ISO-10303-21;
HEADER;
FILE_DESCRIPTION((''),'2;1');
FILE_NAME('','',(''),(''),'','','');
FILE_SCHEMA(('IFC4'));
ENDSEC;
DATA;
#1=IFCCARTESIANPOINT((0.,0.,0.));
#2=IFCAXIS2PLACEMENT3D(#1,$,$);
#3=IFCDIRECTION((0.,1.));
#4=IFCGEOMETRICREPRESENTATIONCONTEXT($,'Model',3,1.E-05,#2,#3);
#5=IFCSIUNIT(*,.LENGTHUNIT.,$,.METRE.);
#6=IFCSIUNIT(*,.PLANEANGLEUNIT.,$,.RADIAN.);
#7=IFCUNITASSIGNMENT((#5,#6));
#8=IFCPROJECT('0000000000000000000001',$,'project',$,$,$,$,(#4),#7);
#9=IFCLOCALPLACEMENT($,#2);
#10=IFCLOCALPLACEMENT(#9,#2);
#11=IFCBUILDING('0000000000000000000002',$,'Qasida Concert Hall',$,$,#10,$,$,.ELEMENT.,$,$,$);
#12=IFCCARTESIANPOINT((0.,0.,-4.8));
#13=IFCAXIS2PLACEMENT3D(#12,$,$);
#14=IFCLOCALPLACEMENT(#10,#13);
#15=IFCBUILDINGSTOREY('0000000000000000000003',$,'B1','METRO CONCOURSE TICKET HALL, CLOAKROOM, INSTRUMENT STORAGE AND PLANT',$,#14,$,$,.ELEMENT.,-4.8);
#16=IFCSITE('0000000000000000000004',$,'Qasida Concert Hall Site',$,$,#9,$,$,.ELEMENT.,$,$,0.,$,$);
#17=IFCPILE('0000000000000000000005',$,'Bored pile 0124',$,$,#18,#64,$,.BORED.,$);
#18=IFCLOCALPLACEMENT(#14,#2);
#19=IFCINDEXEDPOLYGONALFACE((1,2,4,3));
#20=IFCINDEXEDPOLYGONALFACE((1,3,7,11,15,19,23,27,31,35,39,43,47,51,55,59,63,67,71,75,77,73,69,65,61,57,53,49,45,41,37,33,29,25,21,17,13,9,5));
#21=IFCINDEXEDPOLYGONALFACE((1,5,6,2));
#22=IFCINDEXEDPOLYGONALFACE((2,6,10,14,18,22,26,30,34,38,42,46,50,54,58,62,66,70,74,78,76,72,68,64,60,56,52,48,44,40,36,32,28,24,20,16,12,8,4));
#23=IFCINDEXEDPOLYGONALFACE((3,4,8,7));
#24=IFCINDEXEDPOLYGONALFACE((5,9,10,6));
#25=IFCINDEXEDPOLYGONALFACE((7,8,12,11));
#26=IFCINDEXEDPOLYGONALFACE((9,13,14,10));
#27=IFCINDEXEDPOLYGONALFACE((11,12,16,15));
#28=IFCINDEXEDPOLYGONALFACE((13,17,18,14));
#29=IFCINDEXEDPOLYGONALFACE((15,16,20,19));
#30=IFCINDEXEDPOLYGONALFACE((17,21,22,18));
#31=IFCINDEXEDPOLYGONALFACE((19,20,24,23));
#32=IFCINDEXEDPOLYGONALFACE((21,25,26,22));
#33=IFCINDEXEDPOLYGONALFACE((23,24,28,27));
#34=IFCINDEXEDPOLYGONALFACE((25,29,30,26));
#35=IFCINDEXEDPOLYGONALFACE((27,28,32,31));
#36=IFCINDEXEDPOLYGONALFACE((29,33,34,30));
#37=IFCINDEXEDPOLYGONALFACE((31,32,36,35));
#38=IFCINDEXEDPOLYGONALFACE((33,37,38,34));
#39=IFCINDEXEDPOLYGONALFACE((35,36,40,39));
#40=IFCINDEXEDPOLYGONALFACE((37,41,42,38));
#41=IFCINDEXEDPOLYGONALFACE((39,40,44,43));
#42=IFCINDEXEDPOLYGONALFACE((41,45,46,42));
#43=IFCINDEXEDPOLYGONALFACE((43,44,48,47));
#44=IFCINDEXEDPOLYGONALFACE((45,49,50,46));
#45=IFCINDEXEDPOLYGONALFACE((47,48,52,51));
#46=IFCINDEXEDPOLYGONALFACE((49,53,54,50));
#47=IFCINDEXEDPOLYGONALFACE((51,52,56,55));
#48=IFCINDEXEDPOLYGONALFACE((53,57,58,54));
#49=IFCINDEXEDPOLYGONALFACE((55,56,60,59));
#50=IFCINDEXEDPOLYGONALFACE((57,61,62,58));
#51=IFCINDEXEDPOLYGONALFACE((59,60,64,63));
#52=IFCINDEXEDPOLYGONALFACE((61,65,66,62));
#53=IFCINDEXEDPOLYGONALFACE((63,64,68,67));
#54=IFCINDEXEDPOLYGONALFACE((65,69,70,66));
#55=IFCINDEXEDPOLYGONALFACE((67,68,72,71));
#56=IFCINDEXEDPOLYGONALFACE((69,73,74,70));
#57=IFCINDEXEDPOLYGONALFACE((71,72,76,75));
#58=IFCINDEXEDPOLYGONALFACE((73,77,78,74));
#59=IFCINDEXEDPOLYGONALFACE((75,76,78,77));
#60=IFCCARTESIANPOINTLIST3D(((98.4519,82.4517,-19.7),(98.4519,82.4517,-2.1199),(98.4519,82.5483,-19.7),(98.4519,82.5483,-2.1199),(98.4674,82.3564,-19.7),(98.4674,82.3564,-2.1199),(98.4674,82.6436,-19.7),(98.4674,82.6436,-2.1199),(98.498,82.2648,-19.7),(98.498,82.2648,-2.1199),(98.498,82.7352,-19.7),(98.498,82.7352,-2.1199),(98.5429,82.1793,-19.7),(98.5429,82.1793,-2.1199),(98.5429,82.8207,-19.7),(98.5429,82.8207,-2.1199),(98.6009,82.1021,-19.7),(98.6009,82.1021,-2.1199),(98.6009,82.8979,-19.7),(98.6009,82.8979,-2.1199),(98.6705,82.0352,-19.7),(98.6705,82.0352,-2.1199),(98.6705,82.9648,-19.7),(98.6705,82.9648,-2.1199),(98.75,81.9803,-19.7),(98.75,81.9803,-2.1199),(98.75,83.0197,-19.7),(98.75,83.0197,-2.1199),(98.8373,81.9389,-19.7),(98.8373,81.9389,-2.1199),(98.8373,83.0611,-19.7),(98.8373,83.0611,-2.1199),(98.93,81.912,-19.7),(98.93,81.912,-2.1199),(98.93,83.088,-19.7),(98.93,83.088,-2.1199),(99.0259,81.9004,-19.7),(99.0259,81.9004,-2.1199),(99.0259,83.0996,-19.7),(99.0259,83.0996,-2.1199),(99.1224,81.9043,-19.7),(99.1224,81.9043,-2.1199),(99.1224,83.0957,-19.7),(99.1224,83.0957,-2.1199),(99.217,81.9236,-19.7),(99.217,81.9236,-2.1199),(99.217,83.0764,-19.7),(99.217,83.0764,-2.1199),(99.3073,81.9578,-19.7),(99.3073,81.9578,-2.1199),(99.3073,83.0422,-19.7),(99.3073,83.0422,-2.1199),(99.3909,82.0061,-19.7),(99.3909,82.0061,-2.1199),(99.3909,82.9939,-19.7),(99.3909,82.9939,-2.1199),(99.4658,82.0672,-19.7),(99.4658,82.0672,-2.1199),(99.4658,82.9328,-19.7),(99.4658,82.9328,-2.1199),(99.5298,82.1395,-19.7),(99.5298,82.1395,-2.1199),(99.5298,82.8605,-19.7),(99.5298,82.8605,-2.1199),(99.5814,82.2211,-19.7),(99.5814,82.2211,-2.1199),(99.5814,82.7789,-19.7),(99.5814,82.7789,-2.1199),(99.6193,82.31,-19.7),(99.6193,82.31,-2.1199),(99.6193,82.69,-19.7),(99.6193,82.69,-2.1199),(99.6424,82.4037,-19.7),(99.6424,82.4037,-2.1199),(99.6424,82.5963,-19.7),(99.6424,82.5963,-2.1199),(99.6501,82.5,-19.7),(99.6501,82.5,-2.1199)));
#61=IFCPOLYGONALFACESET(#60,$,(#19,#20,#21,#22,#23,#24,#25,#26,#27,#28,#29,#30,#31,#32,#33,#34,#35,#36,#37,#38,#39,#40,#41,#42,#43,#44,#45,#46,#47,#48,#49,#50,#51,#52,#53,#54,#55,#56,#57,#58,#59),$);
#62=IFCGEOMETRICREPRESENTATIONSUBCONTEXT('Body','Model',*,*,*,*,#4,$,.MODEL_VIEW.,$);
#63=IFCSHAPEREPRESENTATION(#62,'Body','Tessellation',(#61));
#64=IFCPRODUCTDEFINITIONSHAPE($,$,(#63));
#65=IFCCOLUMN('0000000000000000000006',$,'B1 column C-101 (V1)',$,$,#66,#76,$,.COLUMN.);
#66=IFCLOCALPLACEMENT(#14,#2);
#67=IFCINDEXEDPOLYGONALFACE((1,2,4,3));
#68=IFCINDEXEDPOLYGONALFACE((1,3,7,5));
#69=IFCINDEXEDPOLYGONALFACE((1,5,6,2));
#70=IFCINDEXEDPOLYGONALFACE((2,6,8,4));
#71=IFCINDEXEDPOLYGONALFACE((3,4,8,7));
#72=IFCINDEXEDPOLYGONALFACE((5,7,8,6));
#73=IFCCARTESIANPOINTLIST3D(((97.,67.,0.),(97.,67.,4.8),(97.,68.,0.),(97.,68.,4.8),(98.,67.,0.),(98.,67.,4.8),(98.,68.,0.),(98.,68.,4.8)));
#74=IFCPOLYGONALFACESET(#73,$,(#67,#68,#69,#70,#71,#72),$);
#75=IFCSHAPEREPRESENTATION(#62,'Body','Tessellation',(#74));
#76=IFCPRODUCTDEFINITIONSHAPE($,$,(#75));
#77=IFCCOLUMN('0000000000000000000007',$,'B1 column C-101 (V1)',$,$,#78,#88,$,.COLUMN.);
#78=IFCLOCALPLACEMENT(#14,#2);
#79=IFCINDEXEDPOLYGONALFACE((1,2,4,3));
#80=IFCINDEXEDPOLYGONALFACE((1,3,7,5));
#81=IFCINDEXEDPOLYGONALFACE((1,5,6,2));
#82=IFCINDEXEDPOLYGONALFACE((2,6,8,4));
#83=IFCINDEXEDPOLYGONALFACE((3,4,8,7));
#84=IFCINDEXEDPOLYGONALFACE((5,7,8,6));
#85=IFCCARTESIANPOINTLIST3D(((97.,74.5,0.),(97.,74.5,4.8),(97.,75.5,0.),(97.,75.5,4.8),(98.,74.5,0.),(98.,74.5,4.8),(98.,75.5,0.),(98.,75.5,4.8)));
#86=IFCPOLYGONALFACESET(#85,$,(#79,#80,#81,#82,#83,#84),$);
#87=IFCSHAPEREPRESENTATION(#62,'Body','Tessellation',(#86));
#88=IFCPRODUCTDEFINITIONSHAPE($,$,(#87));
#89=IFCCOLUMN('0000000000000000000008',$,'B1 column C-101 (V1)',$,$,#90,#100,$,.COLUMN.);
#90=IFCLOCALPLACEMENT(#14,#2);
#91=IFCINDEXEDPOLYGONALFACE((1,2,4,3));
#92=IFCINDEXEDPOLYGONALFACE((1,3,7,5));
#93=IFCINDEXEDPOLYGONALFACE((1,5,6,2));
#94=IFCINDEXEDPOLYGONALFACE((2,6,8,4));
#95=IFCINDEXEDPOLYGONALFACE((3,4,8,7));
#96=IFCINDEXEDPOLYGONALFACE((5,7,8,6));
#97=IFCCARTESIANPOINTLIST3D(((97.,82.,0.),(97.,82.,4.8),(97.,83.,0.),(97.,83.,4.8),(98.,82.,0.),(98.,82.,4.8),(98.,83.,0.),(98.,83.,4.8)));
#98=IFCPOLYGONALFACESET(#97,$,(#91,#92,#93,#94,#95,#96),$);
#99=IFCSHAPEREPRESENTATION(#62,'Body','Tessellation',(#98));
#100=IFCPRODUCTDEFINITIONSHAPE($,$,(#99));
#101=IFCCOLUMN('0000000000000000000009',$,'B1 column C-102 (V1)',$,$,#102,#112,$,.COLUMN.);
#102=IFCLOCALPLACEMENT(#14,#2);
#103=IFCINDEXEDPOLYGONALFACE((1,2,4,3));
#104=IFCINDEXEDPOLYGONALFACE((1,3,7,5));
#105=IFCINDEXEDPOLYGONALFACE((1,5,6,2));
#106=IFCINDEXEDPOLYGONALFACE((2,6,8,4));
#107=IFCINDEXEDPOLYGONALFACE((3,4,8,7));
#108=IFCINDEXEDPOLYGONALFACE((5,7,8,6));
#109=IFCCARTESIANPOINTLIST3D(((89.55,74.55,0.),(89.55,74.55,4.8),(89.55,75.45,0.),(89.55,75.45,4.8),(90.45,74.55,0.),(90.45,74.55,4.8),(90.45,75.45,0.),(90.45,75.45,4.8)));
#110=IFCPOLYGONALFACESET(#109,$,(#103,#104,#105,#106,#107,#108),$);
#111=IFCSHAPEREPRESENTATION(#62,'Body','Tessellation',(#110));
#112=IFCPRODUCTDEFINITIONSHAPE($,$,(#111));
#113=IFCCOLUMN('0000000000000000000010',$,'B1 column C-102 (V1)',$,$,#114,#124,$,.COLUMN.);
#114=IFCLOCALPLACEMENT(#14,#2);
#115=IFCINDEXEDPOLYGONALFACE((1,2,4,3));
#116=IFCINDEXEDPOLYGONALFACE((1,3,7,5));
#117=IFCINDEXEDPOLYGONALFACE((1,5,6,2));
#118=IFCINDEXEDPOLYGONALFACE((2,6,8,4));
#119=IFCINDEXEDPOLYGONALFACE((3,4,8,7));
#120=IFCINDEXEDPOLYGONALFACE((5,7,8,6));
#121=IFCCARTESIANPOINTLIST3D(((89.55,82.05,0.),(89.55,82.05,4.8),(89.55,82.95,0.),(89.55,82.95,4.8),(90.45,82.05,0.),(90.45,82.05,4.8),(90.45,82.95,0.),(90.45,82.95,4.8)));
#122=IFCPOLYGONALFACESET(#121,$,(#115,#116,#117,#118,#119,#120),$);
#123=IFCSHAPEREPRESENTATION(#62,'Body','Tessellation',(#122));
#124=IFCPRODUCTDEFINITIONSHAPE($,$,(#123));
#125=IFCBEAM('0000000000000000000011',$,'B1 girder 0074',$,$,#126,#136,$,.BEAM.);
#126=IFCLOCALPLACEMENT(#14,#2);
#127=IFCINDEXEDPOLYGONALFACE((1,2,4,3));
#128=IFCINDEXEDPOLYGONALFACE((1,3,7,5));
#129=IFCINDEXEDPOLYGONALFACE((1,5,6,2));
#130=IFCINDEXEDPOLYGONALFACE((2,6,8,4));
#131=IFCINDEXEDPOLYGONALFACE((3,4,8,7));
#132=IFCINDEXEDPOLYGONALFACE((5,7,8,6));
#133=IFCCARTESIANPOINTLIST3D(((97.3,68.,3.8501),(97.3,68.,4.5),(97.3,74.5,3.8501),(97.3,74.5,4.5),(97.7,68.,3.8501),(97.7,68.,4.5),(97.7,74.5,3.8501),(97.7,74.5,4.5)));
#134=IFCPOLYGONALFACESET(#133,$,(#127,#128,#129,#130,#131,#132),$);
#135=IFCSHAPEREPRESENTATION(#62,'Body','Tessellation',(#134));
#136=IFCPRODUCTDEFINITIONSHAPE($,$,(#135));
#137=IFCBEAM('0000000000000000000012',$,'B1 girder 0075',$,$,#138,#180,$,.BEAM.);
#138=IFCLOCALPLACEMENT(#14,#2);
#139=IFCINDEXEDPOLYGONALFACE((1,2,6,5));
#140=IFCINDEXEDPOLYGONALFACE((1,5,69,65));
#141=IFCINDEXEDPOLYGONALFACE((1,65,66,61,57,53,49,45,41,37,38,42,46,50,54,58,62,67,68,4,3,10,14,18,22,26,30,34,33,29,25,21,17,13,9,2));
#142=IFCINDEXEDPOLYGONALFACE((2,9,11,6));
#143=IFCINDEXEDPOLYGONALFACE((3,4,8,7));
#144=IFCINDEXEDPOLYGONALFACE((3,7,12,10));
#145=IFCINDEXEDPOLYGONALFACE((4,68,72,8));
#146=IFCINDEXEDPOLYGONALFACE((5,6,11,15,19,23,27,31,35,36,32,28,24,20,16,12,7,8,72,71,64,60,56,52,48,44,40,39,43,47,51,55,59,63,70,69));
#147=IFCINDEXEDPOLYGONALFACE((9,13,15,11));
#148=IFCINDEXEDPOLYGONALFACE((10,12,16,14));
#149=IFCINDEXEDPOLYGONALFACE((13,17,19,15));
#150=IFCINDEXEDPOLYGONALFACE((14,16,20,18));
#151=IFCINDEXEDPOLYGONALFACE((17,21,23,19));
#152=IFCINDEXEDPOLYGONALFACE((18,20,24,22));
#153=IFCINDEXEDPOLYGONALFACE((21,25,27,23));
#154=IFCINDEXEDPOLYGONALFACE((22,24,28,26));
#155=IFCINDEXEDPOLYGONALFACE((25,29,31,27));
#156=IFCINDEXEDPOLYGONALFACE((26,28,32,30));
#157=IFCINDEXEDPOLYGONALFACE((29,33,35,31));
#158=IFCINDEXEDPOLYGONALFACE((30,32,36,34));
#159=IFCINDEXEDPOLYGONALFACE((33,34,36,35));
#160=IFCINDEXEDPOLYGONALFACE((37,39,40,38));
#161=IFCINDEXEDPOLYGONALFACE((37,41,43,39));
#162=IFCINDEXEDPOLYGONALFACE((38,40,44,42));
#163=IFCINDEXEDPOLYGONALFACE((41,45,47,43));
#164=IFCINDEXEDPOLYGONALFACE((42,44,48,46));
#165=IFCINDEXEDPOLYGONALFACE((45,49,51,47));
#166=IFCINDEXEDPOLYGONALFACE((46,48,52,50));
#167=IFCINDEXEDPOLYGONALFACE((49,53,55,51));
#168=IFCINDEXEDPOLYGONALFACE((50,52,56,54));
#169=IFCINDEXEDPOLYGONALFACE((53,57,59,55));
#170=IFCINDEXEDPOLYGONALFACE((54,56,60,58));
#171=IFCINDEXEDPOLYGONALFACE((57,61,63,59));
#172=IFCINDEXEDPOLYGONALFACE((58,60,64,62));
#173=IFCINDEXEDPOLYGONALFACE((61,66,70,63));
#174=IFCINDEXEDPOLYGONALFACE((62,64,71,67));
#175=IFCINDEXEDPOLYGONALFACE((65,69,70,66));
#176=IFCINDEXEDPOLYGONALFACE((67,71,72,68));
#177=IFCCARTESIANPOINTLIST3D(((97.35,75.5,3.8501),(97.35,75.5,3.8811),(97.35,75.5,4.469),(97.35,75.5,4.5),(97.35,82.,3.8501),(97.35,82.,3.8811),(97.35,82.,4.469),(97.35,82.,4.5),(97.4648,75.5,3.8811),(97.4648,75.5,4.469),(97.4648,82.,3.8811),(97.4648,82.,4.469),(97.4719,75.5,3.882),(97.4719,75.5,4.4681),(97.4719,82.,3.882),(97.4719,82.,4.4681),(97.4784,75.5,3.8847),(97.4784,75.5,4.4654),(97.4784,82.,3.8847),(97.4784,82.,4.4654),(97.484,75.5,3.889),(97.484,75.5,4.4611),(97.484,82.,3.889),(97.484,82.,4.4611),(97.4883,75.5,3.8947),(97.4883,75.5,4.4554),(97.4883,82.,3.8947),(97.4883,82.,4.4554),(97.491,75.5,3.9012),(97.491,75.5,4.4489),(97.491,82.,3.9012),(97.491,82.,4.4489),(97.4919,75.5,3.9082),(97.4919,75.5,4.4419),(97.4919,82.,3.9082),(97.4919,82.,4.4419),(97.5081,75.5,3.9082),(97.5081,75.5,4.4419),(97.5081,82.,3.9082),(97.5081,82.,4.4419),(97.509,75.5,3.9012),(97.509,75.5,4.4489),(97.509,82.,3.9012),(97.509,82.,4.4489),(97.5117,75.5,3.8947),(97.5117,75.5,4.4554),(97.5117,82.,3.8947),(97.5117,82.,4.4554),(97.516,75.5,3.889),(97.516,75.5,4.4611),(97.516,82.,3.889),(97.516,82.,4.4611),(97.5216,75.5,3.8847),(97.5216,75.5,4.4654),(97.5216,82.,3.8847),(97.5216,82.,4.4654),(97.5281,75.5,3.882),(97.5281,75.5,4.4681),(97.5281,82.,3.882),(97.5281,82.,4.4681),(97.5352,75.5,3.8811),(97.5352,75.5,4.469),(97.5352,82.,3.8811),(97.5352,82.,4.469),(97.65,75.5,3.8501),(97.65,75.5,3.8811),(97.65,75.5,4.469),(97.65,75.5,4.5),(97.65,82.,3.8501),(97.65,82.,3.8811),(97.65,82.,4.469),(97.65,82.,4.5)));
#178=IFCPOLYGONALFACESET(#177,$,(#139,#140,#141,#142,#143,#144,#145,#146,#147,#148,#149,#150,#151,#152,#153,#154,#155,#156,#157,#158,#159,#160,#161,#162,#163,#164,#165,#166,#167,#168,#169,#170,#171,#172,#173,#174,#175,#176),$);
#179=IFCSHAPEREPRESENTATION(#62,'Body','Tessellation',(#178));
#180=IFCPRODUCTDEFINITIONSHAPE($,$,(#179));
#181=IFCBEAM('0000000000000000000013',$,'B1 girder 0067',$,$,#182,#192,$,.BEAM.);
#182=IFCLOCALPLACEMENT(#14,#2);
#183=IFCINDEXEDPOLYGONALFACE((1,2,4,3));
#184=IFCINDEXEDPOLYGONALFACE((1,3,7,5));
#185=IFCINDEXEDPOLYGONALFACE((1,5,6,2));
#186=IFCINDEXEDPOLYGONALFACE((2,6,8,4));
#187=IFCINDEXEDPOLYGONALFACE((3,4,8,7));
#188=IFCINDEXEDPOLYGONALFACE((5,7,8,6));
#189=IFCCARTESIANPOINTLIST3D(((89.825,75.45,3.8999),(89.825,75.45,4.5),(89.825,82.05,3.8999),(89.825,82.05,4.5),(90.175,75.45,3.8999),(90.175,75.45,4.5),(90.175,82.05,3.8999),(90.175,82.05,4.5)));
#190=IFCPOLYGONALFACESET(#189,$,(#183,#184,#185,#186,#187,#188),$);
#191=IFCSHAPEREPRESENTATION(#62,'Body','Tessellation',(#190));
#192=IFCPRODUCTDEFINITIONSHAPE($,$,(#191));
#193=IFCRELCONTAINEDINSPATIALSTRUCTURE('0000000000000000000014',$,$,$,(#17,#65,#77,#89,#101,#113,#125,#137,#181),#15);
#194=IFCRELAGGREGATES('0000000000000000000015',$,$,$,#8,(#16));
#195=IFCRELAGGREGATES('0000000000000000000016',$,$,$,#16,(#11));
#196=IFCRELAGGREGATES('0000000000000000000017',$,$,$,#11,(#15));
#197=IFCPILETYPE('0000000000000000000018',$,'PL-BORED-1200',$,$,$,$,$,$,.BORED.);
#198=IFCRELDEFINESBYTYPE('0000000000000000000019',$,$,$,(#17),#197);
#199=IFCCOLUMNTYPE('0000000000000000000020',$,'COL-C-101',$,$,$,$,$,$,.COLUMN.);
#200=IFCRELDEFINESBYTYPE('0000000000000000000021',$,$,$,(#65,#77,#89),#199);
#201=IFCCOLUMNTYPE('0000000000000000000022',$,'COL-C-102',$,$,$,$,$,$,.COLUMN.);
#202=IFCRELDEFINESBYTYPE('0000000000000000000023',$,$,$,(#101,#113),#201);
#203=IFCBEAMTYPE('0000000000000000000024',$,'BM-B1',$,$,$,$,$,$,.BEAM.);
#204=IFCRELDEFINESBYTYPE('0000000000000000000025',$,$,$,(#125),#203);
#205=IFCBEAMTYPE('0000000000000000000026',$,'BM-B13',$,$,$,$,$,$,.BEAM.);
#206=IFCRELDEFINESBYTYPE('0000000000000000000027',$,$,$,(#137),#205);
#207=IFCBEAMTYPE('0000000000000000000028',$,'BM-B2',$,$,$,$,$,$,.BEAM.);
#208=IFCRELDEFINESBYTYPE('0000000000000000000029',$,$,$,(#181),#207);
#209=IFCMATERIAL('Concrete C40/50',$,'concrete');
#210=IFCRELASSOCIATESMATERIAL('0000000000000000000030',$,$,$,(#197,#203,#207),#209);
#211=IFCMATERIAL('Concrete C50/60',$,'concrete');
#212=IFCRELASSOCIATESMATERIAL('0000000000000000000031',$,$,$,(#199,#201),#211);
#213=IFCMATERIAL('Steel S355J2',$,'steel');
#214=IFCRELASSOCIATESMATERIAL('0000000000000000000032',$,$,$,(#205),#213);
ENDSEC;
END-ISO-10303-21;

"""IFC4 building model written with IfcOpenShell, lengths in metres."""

from ifc_helpers import new_model, si_unit, direction, frame, origin, origin_2d, place, context, subcontext, project, spatial, rectangle, circle, i_section, extrude, material, material_profile, profile_set, type_object, element, save


model = new_model("IFC4")

# Units and contexts
model_context = context("Model", 3, precision=1e-05, world=origin(), true_north=direction((0.0, 1.0)))
body_context = subcontext(model_context, "Body", "Model", "MODEL_VIEW")
ifc_project = project(units=[si_unit("LENGTHUNIT", "METRE"), si_unit("PLANEANGLEUNIT", "RADIAN")], contexts=[model_context])

# Site, building, storey
site_placement = place(None, origin())
site = spatial("IfcSite", under=ifc_project, at=site_placement, Name="Qasida Concert Hall Site", CompositionType="ELEMENT", RefElevation=0.0)
building_placement = place(site_placement, origin())
building = spatial("IfcBuilding", under=site, at=building_placement, Name="Qasida Concert Hall", CompositionType="ELEMENT")
storey_placement = place(building_placement, frame((0.0, 0.0, -4.8)))
storey = spatial("IfcBuildingStorey", under=building, at=storey_placement, Name="B1", Description="METRO CONCOURSE TICKET HALL, CLOAKROOM, INSTRUMENT STORAGE AND PLANT", CompositionType="ELEMENT", Elevation=-4.8)

# Shared definitions
ifc_material_1 = material(Name="Concrete C40/50", Category="concrete")

# Pile
ifc_material_profile_1 = material_profile(ifc_material_1, circle(Radius=0.6001, at=origin_2d()), Name="BORED PILE D1200")
ifc_profile_set_1 = profile_set([ifc_material_profile_1], Name="Concrete C40/50")
pile_type_1 = type_object("IfcPileType", Name="PL-BORED-1200", PredefinedType="BORED", material=ifc_profile_set_1)
for number, where, z_axis, x_axis, name in (
    (1, (99.05, 82.5, -2.1199), (0.0, 0.0, -1.0), (1.0, 0.0, 0.0), "Bored pile 0124"),
):
    element("IfcPile", number, at=place(storey_placement, frame(where, z_axis=z_axis, x_axis=x_axis)), inside=storey, type_object=pile_type_1, Name=name, PredefinedType="BORED", context=body_context, shape_type="SweptSolid", body=[
        extrude(circle(Radius=0.6001, at=origin_2d()), origin(), (0.0, 0.0, 1.0), 17.5801),
    ])

# Columns
ifc_material_2 = material(Name="Concrete C50/60", Category="concrete")
ifc_material_profile_2 = material_profile(ifc_material_2, rectangle(XDim=1.0, YDim=1.0, at=origin_2d()), Name="RC 1000x1000")
ifc_profile_set_2 = profile_set([ifc_material_profile_2], Name="Concrete C50/60")
column_type_1 = type_object("IfcColumnType", Name="COL-C-101", PredefinedType="COLUMN", material=ifc_profile_set_2)
for number, where, z_axis, x_axis, name in (
    (2, (97.5, 67.5, 0.0), (0.0, 0.0, 1.0), (1.0, 0.0, 0.0), "B1 column C-101 (V1)"),
    (3, (97.5, 75.0, 0.0), (0.0, 0.0, 1.0), (1.0, 0.0, 0.0), "B1 column C-101 (V1)"),
    (4, (97.5, 82.5, 0.0), (0.0, 0.0, 1.0), (1.0, 0.0, 0.0), "B1 column C-101 (V1)"),
):
    element("IfcColumn", number, at=place(storey_placement, frame(where, z_axis=z_axis, x_axis=x_axis)), inside=storey, type_object=column_type_1, Name=name, PredefinedType="COLUMN", context=body_context, shape_type="SweptSolid", body=[
        extrude(rectangle(XDim=1.0, YDim=1.0, at=origin_2d()), origin(), (0.0, 0.0, 1.0), 4.8),
    ])
ifc_material_profile_3 = material_profile(ifc_material_2, rectangle(XDim=0.8999, YDim=0.8999, at=origin_2d()), Name="RC 900x900")
ifc_profile_set_3 = profile_set([ifc_material_profile_3], Name="Concrete C50/60")
column_type_2 = type_object("IfcColumnType", Name="COL-C-102", PredefinedType="COLUMN", material=ifc_profile_set_3)
for number, where, z_axis, x_axis, name in (
    (5, (90.0, 75.0, 0.0), (0.0, 0.0, 1.0), (1.0, 0.0, 0.0), "B1 column C-102 (V1)"),
    (6, (90.0, 82.5, 0.0), (0.0, 0.0, 1.0), (1.0, 0.0, 0.0), "B1 column C-102 (V1)"),
):
    element("IfcColumn", number, at=place(storey_placement, frame(where, z_axis=z_axis, x_axis=x_axis)), inside=storey, type_object=column_type_2, Name=name, PredefinedType="COLUMN", context=body_context, shape_type="SweptSolid", body=[
        extrude(rectangle(XDim=0.8999, YDim=0.8999, at=origin_2d()), origin(), (0.0, 0.0, 1.0), 4.8),
    ])

# Beams
ifc_material_profile_4 = material_profile(ifc_material_1, rectangle(XDim=0.3999, YDim=0.6499, at=origin_2d()), Name="RC 400x650")
ifc_profile_set_4 = profile_set([ifc_material_profile_4], Name="Concrete C40/50")
beam_type_1 = type_object("IfcBeamType", Name="BM-B1", PredefinedType="BEAM", material=ifc_profile_set_4)
beam_1_placement = place(storey_placement, frame((97.5, 68.0, 4.175), z_axis=(0.0, 1.0, 0.0), x_axis=(-1.0, 0.0, 0.0)))
element("IfcBeam", 7, at=beam_1_placement, inside=storey, type_object=beam_type_1, Name="B1 girder 0074", PredefinedType="BEAM", context=body_context, shape_type="SweptSolid", body=[
    extrude(rectangle(XDim=0.3999, YDim=0.6499, at=origin_2d()), origin(), (0.0, 0.0, 1.0), 6.5),
])
ifc_material_3 = material(Name="Steel S355J2", Category="steel")
ifc_material_profile_5 = material_profile(ifc_material_3, i_section(OverallWidth=0.3, OverallDepth=0.6499, WebThickness=0.0161, FlangeThickness=0.031, FilletRadius=0.0271, at=origin_2d()), Name="HEB 650")
ifc_profile_set_5 = profile_set([ifc_material_profile_5], Name="Steel S355J2")
beam_type_2 = type_object("IfcBeamType", Name="BM-B13", PredefinedType="BEAM", material=ifc_profile_set_5)
beam_2_placement = place(storey_placement, frame((97.5, 75.5, 4.175), z_axis=(0.0, 1.0, 0.0), x_axis=(-1.0, 0.0, 0.0)))
element("IfcBeam", 8, at=beam_2_placement, inside=storey, type_object=beam_type_2, Name="B1 girder 0075", PredefinedType="BEAM", context=body_context, shape_type="SweptSolid", body=[
    extrude(i_section(OverallWidth=0.3, OverallDepth=0.6499, WebThickness=0.0161, FlangeThickness=0.031, FilletRadius=0.0271, at=origin_2d()), origin(), (0.0, 0.0, 1.0), 6.5),
])
ifc_material_profile_6 = material_profile(ifc_material_1, rectangle(XDim=0.3501, YDim=0.6001, at=origin_2d()), Name="RC 350x600")
ifc_profile_set_6 = profile_set([ifc_material_profile_6], Name="Concrete C40/50")
beam_type_3 = type_object("IfcBeamType", Name="BM-B2", PredefinedType="BEAM", material=ifc_profile_set_6)
beam_3_placement = place(storey_placement, frame((90.0, 75.45, 4.2), z_axis=(0.0, 1.0, 0.0), x_axis=(-1.0, 0.0, 0.0)))
element("IfcBeam", 9, at=beam_3_placement, inside=storey, type_object=beam_type_3, Name="B1 girder 0067", PredefinedType="BEAM", context=body_context, shape_type="SweptSolid", body=[
    extrude(rectangle(XDim=0.3501, YDim=0.6001, at=origin_2d()), origin(), (0.0, 0.0, 1.0), 6.6001),
])

save(model, "model.ifc")
